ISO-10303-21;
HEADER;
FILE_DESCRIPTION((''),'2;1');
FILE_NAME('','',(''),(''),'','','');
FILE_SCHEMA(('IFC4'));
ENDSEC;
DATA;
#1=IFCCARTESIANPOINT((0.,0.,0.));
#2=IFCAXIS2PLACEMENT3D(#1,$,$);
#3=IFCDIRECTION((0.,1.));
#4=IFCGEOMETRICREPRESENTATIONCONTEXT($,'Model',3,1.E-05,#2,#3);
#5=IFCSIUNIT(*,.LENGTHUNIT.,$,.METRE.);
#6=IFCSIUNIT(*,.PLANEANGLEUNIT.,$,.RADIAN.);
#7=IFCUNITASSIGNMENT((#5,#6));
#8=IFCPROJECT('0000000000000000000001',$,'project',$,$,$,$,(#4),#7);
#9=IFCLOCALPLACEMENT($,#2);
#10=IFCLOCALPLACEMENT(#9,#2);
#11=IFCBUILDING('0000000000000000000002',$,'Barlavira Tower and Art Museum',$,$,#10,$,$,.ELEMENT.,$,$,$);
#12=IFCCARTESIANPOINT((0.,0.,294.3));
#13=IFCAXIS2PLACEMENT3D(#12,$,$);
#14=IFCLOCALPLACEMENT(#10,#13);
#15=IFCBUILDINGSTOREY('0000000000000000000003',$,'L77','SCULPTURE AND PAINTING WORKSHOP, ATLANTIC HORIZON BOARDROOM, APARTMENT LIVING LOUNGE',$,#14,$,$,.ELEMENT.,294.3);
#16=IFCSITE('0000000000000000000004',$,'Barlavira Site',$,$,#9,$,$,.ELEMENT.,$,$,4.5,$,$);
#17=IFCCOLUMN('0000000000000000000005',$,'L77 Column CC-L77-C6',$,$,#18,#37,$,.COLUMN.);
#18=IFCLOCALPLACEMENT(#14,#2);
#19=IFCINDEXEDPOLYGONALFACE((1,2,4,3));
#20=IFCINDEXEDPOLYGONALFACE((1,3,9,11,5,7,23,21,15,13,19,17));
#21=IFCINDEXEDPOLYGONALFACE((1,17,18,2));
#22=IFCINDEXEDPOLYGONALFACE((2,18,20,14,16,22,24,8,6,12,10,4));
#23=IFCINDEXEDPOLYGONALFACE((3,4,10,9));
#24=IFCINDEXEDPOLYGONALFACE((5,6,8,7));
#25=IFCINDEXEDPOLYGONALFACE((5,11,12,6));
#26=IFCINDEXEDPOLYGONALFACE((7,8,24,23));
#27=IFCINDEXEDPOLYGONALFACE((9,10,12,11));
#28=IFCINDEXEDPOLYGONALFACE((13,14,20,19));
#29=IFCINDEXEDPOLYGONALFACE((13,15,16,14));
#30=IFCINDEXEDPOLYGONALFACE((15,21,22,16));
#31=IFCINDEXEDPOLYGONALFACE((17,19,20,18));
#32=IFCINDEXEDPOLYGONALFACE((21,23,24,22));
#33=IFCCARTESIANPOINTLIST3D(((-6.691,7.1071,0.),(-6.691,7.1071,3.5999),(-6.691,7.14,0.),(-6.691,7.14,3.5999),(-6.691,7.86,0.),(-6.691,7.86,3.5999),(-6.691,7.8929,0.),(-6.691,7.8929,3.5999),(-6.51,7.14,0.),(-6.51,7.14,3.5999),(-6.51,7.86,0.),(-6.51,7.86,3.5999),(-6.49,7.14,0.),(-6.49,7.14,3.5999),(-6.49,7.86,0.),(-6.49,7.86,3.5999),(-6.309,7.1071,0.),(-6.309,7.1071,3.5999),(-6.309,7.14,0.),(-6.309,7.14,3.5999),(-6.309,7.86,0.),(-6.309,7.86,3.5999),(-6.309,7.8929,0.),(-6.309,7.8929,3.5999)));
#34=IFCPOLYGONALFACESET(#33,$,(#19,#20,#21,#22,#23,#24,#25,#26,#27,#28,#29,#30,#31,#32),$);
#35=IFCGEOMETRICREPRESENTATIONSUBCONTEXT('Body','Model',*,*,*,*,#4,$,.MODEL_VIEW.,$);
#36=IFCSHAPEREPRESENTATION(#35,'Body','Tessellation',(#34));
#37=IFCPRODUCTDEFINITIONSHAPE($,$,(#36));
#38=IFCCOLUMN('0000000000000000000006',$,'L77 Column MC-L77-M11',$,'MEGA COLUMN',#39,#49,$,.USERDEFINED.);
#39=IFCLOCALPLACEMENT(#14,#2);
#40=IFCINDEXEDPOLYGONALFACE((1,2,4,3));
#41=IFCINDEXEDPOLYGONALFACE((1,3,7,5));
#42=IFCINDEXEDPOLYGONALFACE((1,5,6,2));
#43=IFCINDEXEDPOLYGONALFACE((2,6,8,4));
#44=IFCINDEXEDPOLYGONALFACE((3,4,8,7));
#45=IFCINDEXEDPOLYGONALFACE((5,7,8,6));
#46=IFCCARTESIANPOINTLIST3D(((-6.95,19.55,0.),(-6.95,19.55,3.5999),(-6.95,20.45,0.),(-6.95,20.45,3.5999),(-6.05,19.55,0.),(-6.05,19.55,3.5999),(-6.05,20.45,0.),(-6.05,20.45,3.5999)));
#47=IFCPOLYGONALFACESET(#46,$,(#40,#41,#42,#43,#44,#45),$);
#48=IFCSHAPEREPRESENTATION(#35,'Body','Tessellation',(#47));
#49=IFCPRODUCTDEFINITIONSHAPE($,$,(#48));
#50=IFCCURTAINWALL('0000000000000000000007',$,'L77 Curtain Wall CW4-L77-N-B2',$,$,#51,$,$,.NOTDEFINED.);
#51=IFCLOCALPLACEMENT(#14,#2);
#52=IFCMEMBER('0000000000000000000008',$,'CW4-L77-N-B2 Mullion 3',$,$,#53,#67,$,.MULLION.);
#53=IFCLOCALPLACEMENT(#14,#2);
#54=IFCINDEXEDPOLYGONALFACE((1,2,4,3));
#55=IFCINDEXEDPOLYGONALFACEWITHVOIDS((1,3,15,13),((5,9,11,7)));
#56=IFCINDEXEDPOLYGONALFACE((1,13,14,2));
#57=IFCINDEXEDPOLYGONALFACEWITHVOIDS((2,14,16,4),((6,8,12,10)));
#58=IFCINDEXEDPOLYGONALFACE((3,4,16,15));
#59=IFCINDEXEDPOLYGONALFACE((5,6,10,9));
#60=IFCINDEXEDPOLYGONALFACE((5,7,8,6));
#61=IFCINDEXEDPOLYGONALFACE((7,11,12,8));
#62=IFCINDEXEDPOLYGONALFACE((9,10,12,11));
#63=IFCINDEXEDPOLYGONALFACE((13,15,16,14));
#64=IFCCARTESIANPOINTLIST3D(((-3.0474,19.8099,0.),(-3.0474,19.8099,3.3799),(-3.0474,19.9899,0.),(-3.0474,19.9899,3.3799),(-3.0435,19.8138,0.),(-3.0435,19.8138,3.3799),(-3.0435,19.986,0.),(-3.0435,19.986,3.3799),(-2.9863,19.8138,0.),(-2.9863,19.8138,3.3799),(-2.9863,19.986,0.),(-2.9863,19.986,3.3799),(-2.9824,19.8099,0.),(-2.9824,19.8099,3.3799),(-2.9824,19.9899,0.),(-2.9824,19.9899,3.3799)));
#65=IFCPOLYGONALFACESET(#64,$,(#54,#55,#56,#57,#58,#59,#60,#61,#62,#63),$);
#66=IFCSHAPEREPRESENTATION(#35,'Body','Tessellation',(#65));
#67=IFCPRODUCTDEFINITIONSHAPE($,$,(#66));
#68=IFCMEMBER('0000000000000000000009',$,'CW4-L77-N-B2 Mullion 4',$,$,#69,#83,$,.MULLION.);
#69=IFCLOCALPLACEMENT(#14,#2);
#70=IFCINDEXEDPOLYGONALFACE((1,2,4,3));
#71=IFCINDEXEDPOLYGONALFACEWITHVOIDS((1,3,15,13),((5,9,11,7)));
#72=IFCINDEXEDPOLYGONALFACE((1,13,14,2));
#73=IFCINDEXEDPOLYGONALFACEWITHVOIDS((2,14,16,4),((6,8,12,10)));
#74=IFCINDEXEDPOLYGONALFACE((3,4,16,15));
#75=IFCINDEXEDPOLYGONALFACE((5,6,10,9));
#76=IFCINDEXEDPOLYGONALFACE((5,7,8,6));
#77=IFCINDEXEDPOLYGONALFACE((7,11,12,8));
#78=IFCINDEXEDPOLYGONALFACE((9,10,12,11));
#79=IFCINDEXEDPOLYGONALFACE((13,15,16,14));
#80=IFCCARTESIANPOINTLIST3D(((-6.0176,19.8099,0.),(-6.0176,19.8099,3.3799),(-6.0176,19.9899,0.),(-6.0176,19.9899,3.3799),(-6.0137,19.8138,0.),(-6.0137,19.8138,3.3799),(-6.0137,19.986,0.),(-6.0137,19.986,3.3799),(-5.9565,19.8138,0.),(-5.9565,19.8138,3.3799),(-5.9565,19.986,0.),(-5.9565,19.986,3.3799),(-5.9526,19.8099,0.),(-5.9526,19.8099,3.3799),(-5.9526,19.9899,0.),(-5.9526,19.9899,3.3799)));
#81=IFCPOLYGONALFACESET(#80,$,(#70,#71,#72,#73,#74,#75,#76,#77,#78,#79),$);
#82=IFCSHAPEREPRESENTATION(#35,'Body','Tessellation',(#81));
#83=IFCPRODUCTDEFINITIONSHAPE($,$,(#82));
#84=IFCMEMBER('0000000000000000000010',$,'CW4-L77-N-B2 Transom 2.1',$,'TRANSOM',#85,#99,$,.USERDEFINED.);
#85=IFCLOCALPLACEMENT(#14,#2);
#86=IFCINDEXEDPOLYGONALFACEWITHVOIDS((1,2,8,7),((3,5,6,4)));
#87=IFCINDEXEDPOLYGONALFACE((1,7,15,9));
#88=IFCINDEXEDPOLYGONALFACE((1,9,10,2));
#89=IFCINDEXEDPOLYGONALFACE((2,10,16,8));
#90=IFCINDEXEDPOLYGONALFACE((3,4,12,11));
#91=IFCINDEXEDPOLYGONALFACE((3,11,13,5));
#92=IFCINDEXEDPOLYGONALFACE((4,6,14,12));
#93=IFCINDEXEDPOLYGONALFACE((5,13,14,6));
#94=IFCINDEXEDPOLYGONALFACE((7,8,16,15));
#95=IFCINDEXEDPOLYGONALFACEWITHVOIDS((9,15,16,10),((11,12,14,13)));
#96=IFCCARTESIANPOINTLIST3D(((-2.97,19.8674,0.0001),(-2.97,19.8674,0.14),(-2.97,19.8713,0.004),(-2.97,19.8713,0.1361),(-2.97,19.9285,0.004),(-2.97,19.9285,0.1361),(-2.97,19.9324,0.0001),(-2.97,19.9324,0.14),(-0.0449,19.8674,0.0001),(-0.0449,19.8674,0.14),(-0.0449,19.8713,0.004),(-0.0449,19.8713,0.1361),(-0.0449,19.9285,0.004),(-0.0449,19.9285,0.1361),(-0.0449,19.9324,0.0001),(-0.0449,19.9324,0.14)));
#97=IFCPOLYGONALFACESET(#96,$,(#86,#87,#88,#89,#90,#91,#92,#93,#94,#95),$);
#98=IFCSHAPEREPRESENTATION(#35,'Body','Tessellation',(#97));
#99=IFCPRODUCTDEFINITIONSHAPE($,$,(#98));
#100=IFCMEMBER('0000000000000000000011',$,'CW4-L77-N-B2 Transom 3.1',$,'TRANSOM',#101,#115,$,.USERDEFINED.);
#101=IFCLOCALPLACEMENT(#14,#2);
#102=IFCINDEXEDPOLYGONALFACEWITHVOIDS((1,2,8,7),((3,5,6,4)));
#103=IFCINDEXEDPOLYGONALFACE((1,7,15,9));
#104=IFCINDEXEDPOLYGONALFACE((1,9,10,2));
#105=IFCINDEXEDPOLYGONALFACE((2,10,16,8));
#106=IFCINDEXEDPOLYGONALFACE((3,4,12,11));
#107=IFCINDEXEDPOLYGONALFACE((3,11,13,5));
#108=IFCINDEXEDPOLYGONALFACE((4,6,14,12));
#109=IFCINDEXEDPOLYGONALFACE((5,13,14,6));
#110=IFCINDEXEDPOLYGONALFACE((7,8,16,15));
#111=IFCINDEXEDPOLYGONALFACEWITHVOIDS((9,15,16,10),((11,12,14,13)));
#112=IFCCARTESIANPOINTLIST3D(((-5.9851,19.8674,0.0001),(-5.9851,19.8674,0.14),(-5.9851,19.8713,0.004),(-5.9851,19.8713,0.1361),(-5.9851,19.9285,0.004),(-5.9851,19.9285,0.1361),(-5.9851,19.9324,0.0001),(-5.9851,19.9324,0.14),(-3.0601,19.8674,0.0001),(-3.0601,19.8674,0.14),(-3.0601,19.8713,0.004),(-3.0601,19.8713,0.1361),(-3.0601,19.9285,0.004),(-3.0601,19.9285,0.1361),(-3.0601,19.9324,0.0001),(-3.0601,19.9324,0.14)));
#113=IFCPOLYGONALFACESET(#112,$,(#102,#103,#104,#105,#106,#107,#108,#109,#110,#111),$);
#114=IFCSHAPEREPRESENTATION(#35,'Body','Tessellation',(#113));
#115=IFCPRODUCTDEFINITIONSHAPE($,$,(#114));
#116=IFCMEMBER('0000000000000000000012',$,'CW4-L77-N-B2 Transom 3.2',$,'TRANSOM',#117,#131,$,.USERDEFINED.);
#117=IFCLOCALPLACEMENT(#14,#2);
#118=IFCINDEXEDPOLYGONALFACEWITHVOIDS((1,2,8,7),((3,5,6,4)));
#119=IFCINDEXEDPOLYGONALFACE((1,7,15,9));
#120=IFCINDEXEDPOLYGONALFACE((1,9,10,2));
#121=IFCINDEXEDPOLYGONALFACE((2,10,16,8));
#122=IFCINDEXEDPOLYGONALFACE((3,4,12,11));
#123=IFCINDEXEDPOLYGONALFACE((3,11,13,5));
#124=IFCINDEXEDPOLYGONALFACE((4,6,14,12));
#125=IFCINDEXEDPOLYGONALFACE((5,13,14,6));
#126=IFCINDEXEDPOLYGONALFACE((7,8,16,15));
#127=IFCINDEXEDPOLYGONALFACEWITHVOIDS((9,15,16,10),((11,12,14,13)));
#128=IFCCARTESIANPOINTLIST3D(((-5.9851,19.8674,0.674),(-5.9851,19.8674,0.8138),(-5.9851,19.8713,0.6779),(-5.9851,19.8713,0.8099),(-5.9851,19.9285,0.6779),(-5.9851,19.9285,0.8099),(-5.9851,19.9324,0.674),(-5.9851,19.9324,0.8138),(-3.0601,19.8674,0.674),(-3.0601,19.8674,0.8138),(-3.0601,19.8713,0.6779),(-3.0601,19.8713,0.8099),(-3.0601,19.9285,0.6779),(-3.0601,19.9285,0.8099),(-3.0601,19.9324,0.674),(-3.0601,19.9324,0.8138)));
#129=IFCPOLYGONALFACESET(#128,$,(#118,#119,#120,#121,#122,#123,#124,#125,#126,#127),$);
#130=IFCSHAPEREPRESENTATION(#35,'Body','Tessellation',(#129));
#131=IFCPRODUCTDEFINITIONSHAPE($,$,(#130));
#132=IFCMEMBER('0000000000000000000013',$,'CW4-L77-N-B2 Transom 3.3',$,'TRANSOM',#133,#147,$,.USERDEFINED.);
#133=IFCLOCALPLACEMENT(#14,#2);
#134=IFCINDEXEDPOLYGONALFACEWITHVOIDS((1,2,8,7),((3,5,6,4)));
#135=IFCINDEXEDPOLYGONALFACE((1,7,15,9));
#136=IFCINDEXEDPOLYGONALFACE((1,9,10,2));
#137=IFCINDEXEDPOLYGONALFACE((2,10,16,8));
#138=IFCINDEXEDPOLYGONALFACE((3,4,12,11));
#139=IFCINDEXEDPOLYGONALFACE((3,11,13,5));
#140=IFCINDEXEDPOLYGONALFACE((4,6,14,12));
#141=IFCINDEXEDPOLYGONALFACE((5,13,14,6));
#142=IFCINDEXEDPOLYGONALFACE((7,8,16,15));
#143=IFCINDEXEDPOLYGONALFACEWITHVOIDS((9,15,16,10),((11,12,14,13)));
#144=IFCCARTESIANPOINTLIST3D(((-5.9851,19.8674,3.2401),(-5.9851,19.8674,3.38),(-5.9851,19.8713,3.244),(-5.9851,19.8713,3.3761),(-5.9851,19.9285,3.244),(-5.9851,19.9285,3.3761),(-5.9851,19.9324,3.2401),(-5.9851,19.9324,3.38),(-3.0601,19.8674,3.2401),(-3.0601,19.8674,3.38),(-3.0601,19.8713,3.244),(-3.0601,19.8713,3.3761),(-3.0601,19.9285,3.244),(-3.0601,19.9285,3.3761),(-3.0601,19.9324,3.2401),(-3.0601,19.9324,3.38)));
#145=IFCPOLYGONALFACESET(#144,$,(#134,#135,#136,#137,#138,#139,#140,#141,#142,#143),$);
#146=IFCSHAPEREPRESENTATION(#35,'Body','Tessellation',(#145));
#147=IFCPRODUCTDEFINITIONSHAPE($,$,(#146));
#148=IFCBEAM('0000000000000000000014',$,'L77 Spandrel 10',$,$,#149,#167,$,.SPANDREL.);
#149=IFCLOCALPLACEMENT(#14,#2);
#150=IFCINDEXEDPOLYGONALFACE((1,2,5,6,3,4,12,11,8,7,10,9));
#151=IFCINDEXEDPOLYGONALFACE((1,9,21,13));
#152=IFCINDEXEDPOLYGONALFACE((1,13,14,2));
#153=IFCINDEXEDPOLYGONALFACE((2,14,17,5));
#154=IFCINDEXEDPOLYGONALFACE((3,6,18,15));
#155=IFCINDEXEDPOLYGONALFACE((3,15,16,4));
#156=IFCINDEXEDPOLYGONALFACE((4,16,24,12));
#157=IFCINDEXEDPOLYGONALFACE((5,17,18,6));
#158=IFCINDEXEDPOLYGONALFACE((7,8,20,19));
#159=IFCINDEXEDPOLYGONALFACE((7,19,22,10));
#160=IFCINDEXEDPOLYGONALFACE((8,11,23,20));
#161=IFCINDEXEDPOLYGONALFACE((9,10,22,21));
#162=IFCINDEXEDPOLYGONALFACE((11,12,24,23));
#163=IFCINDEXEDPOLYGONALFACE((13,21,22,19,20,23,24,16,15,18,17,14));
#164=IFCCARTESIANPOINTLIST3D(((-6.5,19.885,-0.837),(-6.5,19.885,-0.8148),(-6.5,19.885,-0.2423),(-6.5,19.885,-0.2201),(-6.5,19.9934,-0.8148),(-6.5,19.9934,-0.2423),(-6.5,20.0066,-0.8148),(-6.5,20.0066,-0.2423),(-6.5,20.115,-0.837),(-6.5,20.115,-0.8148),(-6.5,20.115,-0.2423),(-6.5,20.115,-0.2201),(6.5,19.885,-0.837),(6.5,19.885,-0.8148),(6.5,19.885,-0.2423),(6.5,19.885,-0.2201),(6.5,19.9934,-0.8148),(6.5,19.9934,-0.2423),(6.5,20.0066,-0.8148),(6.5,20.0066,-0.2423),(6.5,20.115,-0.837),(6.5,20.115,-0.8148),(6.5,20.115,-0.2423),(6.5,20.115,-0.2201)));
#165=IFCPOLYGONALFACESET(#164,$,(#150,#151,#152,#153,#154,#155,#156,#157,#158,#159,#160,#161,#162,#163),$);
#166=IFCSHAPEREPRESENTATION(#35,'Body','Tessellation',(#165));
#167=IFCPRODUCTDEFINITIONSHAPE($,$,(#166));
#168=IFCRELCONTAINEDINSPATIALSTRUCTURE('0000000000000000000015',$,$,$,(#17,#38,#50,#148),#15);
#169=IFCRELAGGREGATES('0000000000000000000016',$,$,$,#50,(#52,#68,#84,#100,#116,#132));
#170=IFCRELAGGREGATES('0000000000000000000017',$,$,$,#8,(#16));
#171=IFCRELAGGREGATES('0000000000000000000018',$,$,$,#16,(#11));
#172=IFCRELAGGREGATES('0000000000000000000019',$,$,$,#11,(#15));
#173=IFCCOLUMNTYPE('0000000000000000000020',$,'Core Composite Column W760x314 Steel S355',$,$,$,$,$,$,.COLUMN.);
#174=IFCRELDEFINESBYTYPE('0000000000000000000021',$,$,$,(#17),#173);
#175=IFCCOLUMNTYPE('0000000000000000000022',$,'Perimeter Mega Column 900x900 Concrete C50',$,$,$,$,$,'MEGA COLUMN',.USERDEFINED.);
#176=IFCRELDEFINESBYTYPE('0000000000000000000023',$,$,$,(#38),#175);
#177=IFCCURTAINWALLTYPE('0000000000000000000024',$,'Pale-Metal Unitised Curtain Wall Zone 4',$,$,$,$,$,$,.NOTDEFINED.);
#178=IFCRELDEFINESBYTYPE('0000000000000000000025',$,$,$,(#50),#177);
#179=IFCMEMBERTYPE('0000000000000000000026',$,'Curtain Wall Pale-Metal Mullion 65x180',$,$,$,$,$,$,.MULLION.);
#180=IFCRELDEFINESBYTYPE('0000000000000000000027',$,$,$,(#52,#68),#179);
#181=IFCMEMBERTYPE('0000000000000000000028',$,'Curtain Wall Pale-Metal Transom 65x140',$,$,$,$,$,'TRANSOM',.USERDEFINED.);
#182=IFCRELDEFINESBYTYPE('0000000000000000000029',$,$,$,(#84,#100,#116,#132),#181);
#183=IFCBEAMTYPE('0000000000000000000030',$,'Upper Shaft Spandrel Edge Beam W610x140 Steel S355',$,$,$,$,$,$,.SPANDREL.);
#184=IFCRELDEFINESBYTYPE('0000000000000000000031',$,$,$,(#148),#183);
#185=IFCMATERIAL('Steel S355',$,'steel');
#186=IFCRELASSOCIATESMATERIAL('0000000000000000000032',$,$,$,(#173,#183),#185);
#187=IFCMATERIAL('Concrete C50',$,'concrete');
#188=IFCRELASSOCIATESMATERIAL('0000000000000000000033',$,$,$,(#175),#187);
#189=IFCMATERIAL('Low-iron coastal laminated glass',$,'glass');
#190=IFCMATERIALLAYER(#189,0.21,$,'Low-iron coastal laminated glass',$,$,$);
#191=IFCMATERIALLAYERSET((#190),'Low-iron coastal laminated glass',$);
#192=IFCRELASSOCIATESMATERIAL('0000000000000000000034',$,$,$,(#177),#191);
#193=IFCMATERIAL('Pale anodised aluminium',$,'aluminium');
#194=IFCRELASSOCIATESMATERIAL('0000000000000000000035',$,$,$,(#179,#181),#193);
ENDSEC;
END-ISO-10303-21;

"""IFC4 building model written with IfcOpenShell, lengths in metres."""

from ifc_helpers import new_model, si_unit, direction, frame, origin, origin_2d, place, context, subcontext, project, spatial, rectangle, hollow_rectangle, i_section, extrude, material, layer, layer_set, material_profile, profile_set, type_object, element, aggregate, save


model = new_model("IFC4")

# Units and contexts
model_context = context("Model", 3, precision=1e-05, world=origin(), true_north=direction((0.0, 1.0)))
body_context = subcontext(model_context, "Body", "Model", "MODEL_VIEW")
ifc_project = project(units=[si_unit("LENGTHUNIT", "METRE"), si_unit("PLANEANGLEUNIT", "RADIAN")], contexts=[model_context])

# Site, building, storey
site_placement = place(None, origin())
site = spatial("IfcSite", under=ifc_project, at=site_placement, Name="Barlavira Site", CompositionType="ELEMENT", RefElevation=4.5)
building_placement = place(site_placement, origin())
building = spatial("IfcBuilding", under=site, at=building_placement, Name="Barlavira Tower and Art Museum", CompositionType="ELEMENT")
storey_placement = place(building_placement, frame((0.0, 0.0, 294.3)))
storey = spatial("IfcBuildingStorey", under=building, at=storey_placement, Name="L77", Description="SCULPTURE AND PAINTING WORKSHOP, ATLANTIC HORIZON BOARDROOM, APARTMENT LIVING LOUNGE", CompositionType="ELEMENT", Elevation=294.3)

# Columns
ifc_material_1 = material(Name="Steel S355", Category="steel")
ifc_material_profile_1 = material_profile(ifc_material_1, i_section(OverallWidth=0.3821, OverallDepth=0.7859, WebThickness=0.02, FlangeThickness=0.033, at=origin_2d()), Name="W760x314.0")
ifc_profile_set_1 = profile_set([ifc_material_profile_1], Name="Steel S355")
column_type_1 = type_object("IfcColumnType", Name="Core Composite Column W760x314 Steel S355", PredefinedType="COLUMN", material=ifc_profile_set_1)
column_1_placement = place(storey_placement, frame((-6.5, 7.5, 0.0), z_axis=(0.0, 0.0, 1.0), x_axis=(1.0, 0.0, 0.0)))
element("IfcColumn", 1, at=column_1_placement, inside=storey, type_object=column_type_1, Name="L77 Column CC-L77-C6", PredefinedType="COLUMN", context=body_context, shape_type="SweptSolid", body=[
    extrude(i_section(OverallWidth=0.3821, OverallDepth=0.7859, WebThickness=0.02, FlangeThickness=0.033, at=origin_2d()), origin(), (0.0, 0.0, 1.0), 3.5999),
])
ifc_material_2 = material(Name="Concrete C50", Category="concrete")
ifc_material_profile_2 = material_profile(ifc_material_2, rectangle(XDim=0.8999, YDim=0.8999, at=origin_2d()), Name="RC-COL 900x900")
ifc_profile_set_2 = profile_set([ifc_material_profile_2], Name="Concrete C50")
column_type_2 = type_object("IfcColumnType", Name="Perimeter Mega Column 900x900 Concrete C50", ElementType="MEGA COLUMN", PredefinedType="USERDEFINED", material=ifc_profile_set_2)
column_2_placement = place(storey_placement, frame((-6.5, 20.0, 0.0), z_axis=(0.0, 0.0, 1.0), x_axis=(1.0, 0.0, 0.0)))
element("IfcColumn", 2, at=column_2_placement, inside=storey, type_object=column_type_2, Name="L77 Column MC-L77-M11", ObjectType="MEGA COLUMN", PredefinedType="USERDEFINED", context=body_context, shape_type="SweptSolid", body=[
    extrude(rectangle(XDim=0.8999, YDim=0.8999, at=origin_2d()), origin(), (0.0, 0.0, 1.0), 3.5999),
])

# Curtain wall, members
ifc_material_3 = material(Name="Low-iron coastal laminated glass", Category="glass")
ifc_layer_1 = layer(ifc_material_3, 0.21, Name="Low-iron coastal laminated glass")
ifc_layer_set_1 = layer_set([ifc_layer_1], Name="Low-iron coastal laminated glass")
curtain_wall_type = type_object("IfcCurtainWallType", Name="Pale-Metal Unitised Curtain Wall Zone 4", PredefinedType="NOTDEFINED", material=ifc_layer_set_1)
curtain_wall_placement = place(storey_placement, origin())
curtain_wall = element("IfcCurtainWall", 3, at=curtain_wall_placement, inside=storey, type_object=curtain_wall_type, Name="L77 Curtain Wall CW4-L77-N-B2", PredefinedType="NOTDEFINED")
ifc_material_4 = material(Name="Pale anodised aluminium", Category="aluminium")
ifc_material_profile_3 = material_profile(ifc_material_4, hollow_rectangle(XDim=0.0649, YDim=0.1799, WallThickness=0.0039, at=origin_2d()), Name="ALU-MULL 65x180x4")
ifc_profile_set_3 = profile_set([ifc_material_profile_3], Name="Pale anodised aluminium")
member_type_1 = type_object("IfcMemberType", Name="Curtain Wall Pale-Metal Mullion 65x180", PredefinedType="MULLION", material=ifc_profile_set_3)
member_1_placement = place(storey_placement, frame((-3.0149, 19.8999, 0.0), z_axis=(0.0, 0.0, 1.0), x_axis=(-1.0, 0.0, 0.0)))
member_1 = element("IfcMember", 4, at=member_1_placement, type_object=member_type_1, Name="CW4-L77-N-B2 Mullion 3", PredefinedType="MULLION", context=body_context, shape_type="SweptSolid", body=[
    extrude(hollow_rectangle(XDim=0.0649, YDim=0.1799, WallThickness=0.0039, at=origin_2d()), origin(), (0.0, 0.0, 1.0), 3.3799),
])
member_2_placement = place(storey_placement, frame((-5.9851, 19.8999, 0.0), z_axis=(0.0, 0.0, 1.0), x_axis=(-1.0, 0.0, 0.0)))
member_2 = element("IfcMember", 5, at=member_2_placement, type_object=member_type_1, Name="CW4-L77-N-B2 Mullion 4", PredefinedType="MULLION", context=body_context, shape_type="SweptSolid", body=[
    extrude(hollow_rectangle(XDim=0.0649, YDim=0.1799, WallThickness=0.0039, at=origin_2d()), origin(), (0.0, 0.0, 1.0), 3.3799),
])
ifc_material_profile_4 = material_profile(ifc_material_4, hollow_rectangle(XDim=0.0649, YDim=0.1399, WallThickness=0.0039, at=origin_2d()), Name="ALU-TRAN 65x140x4")
ifc_profile_set_4 = profile_set([ifc_material_profile_4], Name="Pale anodised aluminium")
member_type_2 = type_object("IfcMemberType", Name="Curtain Wall Pale-Metal Transom 65x140", ElementType="TRANSOM", PredefinedType="USERDEFINED", material=ifc_profile_set_4)
member_3_placement = place(storey_placement, frame((-0.0449, 19.8999, 0.0701), z_axis=(-1.0, 0.0, 0.0), x_axis=(0.0, -1.0, 0.0)))
member_3 = element("IfcMember", 6, at=member_3_placement, type_object=member_type_2, Name="CW4-L77-N-B2 Transom 2.1", ObjectType="TRANSOM", PredefinedType="USERDEFINED", context=body_context, shape_type="SweptSolid", body=[
    extrude(hollow_rectangle(XDim=0.0649, YDim=0.1399, WallThickness=0.0039, at=origin_2d()), origin(), (0.0, 0.0, 1.0), 2.925),
])
member_4_placement = place(storey_placement, frame((-3.0601, 19.8999, 0.0701), z_axis=(-1.0, 0.0, 0.0), x_axis=(0.0, -1.0, 0.0)))
member_4 = element("IfcMember", 7, at=member_4_placement, type_object=member_type_2, Name="CW4-L77-N-B2 Transom 3.1", ObjectType="TRANSOM", PredefinedType="USERDEFINED", context=body_context, shape_type="SweptSolid", body=[
    extrude(hollow_rectangle(XDim=0.0649, YDim=0.1399, WallThickness=0.0039, at=origin_2d()), origin(), (0.0, 0.0, 1.0), 2.925),
])
member_5_placement = place(storey_placement, frame((-3.0601, 19.8999, 0.7439), z_axis=(-1.0, 0.0, 0.0), x_axis=(0.0, -1.0, 0.0)))
member_5 = element("IfcMember", 8, at=member_5_placement, type_object=member_type_2, Name="CW4-L77-N-B2 Transom 3.2", ObjectType="TRANSOM", PredefinedType="USERDEFINED", context=body_context, shape_type="SweptSolid", body=[
    extrude(hollow_rectangle(XDim=0.0649, YDim=0.1399, WallThickness=0.0039, at=origin_2d()), origin(), (0.0, 0.0, 1.0), 2.925),
])
member_6_placement = place(storey_placement, frame((-3.0601, 19.8999, 3.3101), z_axis=(-1.0, 0.0, 0.0), x_axis=(0.0, -1.0, 0.0)))
member_6 = element("IfcMember", 9, at=member_6_placement, type_object=member_type_2, Name="CW4-L77-N-B2 Transom 3.3", ObjectType="TRANSOM", PredefinedType="USERDEFINED", context=body_context, shape_type="SweptSolid", body=[
    extrude(hollow_rectangle(XDim=0.0649, YDim=0.1399, WallThickness=0.0039, at=origin_2d()), origin(), (0.0, 0.0, 1.0), 2.925),
])

# Beam
ifc_material_profile_5 = material_profile(ifc_material_1, i_section(OverallWidth=0.23, OverallDepth=0.6169, WebThickness=0.0132, FlangeThickness=0.0222, at=origin_2d()), Name="W610x140.0")
ifc_profile_set_5 = profile_set([ifc_material_profile_5], Name="Steel S355")
beam_type_1 = type_object("IfcBeamType", Name="Upper Shaft Spandrel Edge Beam W610x140 Steel S355", PredefinedType="SPANDREL", material=ifc_profile_set_5)
beam_1_placement = place(storey_placement, frame((-6.5, 20.0, -0.5286), z_axis=(1.0, 0.0, 0.0), x_axis=(0.0, 1.0, 0.0)))
element("IfcBeam", 10, at=beam_1_placement, inside=storey, type_object=beam_type_1, Name="L77 Spandrel 10", PredefinedType="SPANDREL", context=body_context, shape_type="SweptSolid", body=[
    extrude(i_section(OverallWidth=0.23, OverallDepth=0.6169, WebThickness=0.0132, FlangeThickness=0.0222, at=origin_2d()), origin(), (0.0, 0.0, 1.0), 13.0),
])

aggregate(curtain_wall, [member_1, member_2, member_3, member_4, member_5, member_6])

save(model, "model.ifc")
